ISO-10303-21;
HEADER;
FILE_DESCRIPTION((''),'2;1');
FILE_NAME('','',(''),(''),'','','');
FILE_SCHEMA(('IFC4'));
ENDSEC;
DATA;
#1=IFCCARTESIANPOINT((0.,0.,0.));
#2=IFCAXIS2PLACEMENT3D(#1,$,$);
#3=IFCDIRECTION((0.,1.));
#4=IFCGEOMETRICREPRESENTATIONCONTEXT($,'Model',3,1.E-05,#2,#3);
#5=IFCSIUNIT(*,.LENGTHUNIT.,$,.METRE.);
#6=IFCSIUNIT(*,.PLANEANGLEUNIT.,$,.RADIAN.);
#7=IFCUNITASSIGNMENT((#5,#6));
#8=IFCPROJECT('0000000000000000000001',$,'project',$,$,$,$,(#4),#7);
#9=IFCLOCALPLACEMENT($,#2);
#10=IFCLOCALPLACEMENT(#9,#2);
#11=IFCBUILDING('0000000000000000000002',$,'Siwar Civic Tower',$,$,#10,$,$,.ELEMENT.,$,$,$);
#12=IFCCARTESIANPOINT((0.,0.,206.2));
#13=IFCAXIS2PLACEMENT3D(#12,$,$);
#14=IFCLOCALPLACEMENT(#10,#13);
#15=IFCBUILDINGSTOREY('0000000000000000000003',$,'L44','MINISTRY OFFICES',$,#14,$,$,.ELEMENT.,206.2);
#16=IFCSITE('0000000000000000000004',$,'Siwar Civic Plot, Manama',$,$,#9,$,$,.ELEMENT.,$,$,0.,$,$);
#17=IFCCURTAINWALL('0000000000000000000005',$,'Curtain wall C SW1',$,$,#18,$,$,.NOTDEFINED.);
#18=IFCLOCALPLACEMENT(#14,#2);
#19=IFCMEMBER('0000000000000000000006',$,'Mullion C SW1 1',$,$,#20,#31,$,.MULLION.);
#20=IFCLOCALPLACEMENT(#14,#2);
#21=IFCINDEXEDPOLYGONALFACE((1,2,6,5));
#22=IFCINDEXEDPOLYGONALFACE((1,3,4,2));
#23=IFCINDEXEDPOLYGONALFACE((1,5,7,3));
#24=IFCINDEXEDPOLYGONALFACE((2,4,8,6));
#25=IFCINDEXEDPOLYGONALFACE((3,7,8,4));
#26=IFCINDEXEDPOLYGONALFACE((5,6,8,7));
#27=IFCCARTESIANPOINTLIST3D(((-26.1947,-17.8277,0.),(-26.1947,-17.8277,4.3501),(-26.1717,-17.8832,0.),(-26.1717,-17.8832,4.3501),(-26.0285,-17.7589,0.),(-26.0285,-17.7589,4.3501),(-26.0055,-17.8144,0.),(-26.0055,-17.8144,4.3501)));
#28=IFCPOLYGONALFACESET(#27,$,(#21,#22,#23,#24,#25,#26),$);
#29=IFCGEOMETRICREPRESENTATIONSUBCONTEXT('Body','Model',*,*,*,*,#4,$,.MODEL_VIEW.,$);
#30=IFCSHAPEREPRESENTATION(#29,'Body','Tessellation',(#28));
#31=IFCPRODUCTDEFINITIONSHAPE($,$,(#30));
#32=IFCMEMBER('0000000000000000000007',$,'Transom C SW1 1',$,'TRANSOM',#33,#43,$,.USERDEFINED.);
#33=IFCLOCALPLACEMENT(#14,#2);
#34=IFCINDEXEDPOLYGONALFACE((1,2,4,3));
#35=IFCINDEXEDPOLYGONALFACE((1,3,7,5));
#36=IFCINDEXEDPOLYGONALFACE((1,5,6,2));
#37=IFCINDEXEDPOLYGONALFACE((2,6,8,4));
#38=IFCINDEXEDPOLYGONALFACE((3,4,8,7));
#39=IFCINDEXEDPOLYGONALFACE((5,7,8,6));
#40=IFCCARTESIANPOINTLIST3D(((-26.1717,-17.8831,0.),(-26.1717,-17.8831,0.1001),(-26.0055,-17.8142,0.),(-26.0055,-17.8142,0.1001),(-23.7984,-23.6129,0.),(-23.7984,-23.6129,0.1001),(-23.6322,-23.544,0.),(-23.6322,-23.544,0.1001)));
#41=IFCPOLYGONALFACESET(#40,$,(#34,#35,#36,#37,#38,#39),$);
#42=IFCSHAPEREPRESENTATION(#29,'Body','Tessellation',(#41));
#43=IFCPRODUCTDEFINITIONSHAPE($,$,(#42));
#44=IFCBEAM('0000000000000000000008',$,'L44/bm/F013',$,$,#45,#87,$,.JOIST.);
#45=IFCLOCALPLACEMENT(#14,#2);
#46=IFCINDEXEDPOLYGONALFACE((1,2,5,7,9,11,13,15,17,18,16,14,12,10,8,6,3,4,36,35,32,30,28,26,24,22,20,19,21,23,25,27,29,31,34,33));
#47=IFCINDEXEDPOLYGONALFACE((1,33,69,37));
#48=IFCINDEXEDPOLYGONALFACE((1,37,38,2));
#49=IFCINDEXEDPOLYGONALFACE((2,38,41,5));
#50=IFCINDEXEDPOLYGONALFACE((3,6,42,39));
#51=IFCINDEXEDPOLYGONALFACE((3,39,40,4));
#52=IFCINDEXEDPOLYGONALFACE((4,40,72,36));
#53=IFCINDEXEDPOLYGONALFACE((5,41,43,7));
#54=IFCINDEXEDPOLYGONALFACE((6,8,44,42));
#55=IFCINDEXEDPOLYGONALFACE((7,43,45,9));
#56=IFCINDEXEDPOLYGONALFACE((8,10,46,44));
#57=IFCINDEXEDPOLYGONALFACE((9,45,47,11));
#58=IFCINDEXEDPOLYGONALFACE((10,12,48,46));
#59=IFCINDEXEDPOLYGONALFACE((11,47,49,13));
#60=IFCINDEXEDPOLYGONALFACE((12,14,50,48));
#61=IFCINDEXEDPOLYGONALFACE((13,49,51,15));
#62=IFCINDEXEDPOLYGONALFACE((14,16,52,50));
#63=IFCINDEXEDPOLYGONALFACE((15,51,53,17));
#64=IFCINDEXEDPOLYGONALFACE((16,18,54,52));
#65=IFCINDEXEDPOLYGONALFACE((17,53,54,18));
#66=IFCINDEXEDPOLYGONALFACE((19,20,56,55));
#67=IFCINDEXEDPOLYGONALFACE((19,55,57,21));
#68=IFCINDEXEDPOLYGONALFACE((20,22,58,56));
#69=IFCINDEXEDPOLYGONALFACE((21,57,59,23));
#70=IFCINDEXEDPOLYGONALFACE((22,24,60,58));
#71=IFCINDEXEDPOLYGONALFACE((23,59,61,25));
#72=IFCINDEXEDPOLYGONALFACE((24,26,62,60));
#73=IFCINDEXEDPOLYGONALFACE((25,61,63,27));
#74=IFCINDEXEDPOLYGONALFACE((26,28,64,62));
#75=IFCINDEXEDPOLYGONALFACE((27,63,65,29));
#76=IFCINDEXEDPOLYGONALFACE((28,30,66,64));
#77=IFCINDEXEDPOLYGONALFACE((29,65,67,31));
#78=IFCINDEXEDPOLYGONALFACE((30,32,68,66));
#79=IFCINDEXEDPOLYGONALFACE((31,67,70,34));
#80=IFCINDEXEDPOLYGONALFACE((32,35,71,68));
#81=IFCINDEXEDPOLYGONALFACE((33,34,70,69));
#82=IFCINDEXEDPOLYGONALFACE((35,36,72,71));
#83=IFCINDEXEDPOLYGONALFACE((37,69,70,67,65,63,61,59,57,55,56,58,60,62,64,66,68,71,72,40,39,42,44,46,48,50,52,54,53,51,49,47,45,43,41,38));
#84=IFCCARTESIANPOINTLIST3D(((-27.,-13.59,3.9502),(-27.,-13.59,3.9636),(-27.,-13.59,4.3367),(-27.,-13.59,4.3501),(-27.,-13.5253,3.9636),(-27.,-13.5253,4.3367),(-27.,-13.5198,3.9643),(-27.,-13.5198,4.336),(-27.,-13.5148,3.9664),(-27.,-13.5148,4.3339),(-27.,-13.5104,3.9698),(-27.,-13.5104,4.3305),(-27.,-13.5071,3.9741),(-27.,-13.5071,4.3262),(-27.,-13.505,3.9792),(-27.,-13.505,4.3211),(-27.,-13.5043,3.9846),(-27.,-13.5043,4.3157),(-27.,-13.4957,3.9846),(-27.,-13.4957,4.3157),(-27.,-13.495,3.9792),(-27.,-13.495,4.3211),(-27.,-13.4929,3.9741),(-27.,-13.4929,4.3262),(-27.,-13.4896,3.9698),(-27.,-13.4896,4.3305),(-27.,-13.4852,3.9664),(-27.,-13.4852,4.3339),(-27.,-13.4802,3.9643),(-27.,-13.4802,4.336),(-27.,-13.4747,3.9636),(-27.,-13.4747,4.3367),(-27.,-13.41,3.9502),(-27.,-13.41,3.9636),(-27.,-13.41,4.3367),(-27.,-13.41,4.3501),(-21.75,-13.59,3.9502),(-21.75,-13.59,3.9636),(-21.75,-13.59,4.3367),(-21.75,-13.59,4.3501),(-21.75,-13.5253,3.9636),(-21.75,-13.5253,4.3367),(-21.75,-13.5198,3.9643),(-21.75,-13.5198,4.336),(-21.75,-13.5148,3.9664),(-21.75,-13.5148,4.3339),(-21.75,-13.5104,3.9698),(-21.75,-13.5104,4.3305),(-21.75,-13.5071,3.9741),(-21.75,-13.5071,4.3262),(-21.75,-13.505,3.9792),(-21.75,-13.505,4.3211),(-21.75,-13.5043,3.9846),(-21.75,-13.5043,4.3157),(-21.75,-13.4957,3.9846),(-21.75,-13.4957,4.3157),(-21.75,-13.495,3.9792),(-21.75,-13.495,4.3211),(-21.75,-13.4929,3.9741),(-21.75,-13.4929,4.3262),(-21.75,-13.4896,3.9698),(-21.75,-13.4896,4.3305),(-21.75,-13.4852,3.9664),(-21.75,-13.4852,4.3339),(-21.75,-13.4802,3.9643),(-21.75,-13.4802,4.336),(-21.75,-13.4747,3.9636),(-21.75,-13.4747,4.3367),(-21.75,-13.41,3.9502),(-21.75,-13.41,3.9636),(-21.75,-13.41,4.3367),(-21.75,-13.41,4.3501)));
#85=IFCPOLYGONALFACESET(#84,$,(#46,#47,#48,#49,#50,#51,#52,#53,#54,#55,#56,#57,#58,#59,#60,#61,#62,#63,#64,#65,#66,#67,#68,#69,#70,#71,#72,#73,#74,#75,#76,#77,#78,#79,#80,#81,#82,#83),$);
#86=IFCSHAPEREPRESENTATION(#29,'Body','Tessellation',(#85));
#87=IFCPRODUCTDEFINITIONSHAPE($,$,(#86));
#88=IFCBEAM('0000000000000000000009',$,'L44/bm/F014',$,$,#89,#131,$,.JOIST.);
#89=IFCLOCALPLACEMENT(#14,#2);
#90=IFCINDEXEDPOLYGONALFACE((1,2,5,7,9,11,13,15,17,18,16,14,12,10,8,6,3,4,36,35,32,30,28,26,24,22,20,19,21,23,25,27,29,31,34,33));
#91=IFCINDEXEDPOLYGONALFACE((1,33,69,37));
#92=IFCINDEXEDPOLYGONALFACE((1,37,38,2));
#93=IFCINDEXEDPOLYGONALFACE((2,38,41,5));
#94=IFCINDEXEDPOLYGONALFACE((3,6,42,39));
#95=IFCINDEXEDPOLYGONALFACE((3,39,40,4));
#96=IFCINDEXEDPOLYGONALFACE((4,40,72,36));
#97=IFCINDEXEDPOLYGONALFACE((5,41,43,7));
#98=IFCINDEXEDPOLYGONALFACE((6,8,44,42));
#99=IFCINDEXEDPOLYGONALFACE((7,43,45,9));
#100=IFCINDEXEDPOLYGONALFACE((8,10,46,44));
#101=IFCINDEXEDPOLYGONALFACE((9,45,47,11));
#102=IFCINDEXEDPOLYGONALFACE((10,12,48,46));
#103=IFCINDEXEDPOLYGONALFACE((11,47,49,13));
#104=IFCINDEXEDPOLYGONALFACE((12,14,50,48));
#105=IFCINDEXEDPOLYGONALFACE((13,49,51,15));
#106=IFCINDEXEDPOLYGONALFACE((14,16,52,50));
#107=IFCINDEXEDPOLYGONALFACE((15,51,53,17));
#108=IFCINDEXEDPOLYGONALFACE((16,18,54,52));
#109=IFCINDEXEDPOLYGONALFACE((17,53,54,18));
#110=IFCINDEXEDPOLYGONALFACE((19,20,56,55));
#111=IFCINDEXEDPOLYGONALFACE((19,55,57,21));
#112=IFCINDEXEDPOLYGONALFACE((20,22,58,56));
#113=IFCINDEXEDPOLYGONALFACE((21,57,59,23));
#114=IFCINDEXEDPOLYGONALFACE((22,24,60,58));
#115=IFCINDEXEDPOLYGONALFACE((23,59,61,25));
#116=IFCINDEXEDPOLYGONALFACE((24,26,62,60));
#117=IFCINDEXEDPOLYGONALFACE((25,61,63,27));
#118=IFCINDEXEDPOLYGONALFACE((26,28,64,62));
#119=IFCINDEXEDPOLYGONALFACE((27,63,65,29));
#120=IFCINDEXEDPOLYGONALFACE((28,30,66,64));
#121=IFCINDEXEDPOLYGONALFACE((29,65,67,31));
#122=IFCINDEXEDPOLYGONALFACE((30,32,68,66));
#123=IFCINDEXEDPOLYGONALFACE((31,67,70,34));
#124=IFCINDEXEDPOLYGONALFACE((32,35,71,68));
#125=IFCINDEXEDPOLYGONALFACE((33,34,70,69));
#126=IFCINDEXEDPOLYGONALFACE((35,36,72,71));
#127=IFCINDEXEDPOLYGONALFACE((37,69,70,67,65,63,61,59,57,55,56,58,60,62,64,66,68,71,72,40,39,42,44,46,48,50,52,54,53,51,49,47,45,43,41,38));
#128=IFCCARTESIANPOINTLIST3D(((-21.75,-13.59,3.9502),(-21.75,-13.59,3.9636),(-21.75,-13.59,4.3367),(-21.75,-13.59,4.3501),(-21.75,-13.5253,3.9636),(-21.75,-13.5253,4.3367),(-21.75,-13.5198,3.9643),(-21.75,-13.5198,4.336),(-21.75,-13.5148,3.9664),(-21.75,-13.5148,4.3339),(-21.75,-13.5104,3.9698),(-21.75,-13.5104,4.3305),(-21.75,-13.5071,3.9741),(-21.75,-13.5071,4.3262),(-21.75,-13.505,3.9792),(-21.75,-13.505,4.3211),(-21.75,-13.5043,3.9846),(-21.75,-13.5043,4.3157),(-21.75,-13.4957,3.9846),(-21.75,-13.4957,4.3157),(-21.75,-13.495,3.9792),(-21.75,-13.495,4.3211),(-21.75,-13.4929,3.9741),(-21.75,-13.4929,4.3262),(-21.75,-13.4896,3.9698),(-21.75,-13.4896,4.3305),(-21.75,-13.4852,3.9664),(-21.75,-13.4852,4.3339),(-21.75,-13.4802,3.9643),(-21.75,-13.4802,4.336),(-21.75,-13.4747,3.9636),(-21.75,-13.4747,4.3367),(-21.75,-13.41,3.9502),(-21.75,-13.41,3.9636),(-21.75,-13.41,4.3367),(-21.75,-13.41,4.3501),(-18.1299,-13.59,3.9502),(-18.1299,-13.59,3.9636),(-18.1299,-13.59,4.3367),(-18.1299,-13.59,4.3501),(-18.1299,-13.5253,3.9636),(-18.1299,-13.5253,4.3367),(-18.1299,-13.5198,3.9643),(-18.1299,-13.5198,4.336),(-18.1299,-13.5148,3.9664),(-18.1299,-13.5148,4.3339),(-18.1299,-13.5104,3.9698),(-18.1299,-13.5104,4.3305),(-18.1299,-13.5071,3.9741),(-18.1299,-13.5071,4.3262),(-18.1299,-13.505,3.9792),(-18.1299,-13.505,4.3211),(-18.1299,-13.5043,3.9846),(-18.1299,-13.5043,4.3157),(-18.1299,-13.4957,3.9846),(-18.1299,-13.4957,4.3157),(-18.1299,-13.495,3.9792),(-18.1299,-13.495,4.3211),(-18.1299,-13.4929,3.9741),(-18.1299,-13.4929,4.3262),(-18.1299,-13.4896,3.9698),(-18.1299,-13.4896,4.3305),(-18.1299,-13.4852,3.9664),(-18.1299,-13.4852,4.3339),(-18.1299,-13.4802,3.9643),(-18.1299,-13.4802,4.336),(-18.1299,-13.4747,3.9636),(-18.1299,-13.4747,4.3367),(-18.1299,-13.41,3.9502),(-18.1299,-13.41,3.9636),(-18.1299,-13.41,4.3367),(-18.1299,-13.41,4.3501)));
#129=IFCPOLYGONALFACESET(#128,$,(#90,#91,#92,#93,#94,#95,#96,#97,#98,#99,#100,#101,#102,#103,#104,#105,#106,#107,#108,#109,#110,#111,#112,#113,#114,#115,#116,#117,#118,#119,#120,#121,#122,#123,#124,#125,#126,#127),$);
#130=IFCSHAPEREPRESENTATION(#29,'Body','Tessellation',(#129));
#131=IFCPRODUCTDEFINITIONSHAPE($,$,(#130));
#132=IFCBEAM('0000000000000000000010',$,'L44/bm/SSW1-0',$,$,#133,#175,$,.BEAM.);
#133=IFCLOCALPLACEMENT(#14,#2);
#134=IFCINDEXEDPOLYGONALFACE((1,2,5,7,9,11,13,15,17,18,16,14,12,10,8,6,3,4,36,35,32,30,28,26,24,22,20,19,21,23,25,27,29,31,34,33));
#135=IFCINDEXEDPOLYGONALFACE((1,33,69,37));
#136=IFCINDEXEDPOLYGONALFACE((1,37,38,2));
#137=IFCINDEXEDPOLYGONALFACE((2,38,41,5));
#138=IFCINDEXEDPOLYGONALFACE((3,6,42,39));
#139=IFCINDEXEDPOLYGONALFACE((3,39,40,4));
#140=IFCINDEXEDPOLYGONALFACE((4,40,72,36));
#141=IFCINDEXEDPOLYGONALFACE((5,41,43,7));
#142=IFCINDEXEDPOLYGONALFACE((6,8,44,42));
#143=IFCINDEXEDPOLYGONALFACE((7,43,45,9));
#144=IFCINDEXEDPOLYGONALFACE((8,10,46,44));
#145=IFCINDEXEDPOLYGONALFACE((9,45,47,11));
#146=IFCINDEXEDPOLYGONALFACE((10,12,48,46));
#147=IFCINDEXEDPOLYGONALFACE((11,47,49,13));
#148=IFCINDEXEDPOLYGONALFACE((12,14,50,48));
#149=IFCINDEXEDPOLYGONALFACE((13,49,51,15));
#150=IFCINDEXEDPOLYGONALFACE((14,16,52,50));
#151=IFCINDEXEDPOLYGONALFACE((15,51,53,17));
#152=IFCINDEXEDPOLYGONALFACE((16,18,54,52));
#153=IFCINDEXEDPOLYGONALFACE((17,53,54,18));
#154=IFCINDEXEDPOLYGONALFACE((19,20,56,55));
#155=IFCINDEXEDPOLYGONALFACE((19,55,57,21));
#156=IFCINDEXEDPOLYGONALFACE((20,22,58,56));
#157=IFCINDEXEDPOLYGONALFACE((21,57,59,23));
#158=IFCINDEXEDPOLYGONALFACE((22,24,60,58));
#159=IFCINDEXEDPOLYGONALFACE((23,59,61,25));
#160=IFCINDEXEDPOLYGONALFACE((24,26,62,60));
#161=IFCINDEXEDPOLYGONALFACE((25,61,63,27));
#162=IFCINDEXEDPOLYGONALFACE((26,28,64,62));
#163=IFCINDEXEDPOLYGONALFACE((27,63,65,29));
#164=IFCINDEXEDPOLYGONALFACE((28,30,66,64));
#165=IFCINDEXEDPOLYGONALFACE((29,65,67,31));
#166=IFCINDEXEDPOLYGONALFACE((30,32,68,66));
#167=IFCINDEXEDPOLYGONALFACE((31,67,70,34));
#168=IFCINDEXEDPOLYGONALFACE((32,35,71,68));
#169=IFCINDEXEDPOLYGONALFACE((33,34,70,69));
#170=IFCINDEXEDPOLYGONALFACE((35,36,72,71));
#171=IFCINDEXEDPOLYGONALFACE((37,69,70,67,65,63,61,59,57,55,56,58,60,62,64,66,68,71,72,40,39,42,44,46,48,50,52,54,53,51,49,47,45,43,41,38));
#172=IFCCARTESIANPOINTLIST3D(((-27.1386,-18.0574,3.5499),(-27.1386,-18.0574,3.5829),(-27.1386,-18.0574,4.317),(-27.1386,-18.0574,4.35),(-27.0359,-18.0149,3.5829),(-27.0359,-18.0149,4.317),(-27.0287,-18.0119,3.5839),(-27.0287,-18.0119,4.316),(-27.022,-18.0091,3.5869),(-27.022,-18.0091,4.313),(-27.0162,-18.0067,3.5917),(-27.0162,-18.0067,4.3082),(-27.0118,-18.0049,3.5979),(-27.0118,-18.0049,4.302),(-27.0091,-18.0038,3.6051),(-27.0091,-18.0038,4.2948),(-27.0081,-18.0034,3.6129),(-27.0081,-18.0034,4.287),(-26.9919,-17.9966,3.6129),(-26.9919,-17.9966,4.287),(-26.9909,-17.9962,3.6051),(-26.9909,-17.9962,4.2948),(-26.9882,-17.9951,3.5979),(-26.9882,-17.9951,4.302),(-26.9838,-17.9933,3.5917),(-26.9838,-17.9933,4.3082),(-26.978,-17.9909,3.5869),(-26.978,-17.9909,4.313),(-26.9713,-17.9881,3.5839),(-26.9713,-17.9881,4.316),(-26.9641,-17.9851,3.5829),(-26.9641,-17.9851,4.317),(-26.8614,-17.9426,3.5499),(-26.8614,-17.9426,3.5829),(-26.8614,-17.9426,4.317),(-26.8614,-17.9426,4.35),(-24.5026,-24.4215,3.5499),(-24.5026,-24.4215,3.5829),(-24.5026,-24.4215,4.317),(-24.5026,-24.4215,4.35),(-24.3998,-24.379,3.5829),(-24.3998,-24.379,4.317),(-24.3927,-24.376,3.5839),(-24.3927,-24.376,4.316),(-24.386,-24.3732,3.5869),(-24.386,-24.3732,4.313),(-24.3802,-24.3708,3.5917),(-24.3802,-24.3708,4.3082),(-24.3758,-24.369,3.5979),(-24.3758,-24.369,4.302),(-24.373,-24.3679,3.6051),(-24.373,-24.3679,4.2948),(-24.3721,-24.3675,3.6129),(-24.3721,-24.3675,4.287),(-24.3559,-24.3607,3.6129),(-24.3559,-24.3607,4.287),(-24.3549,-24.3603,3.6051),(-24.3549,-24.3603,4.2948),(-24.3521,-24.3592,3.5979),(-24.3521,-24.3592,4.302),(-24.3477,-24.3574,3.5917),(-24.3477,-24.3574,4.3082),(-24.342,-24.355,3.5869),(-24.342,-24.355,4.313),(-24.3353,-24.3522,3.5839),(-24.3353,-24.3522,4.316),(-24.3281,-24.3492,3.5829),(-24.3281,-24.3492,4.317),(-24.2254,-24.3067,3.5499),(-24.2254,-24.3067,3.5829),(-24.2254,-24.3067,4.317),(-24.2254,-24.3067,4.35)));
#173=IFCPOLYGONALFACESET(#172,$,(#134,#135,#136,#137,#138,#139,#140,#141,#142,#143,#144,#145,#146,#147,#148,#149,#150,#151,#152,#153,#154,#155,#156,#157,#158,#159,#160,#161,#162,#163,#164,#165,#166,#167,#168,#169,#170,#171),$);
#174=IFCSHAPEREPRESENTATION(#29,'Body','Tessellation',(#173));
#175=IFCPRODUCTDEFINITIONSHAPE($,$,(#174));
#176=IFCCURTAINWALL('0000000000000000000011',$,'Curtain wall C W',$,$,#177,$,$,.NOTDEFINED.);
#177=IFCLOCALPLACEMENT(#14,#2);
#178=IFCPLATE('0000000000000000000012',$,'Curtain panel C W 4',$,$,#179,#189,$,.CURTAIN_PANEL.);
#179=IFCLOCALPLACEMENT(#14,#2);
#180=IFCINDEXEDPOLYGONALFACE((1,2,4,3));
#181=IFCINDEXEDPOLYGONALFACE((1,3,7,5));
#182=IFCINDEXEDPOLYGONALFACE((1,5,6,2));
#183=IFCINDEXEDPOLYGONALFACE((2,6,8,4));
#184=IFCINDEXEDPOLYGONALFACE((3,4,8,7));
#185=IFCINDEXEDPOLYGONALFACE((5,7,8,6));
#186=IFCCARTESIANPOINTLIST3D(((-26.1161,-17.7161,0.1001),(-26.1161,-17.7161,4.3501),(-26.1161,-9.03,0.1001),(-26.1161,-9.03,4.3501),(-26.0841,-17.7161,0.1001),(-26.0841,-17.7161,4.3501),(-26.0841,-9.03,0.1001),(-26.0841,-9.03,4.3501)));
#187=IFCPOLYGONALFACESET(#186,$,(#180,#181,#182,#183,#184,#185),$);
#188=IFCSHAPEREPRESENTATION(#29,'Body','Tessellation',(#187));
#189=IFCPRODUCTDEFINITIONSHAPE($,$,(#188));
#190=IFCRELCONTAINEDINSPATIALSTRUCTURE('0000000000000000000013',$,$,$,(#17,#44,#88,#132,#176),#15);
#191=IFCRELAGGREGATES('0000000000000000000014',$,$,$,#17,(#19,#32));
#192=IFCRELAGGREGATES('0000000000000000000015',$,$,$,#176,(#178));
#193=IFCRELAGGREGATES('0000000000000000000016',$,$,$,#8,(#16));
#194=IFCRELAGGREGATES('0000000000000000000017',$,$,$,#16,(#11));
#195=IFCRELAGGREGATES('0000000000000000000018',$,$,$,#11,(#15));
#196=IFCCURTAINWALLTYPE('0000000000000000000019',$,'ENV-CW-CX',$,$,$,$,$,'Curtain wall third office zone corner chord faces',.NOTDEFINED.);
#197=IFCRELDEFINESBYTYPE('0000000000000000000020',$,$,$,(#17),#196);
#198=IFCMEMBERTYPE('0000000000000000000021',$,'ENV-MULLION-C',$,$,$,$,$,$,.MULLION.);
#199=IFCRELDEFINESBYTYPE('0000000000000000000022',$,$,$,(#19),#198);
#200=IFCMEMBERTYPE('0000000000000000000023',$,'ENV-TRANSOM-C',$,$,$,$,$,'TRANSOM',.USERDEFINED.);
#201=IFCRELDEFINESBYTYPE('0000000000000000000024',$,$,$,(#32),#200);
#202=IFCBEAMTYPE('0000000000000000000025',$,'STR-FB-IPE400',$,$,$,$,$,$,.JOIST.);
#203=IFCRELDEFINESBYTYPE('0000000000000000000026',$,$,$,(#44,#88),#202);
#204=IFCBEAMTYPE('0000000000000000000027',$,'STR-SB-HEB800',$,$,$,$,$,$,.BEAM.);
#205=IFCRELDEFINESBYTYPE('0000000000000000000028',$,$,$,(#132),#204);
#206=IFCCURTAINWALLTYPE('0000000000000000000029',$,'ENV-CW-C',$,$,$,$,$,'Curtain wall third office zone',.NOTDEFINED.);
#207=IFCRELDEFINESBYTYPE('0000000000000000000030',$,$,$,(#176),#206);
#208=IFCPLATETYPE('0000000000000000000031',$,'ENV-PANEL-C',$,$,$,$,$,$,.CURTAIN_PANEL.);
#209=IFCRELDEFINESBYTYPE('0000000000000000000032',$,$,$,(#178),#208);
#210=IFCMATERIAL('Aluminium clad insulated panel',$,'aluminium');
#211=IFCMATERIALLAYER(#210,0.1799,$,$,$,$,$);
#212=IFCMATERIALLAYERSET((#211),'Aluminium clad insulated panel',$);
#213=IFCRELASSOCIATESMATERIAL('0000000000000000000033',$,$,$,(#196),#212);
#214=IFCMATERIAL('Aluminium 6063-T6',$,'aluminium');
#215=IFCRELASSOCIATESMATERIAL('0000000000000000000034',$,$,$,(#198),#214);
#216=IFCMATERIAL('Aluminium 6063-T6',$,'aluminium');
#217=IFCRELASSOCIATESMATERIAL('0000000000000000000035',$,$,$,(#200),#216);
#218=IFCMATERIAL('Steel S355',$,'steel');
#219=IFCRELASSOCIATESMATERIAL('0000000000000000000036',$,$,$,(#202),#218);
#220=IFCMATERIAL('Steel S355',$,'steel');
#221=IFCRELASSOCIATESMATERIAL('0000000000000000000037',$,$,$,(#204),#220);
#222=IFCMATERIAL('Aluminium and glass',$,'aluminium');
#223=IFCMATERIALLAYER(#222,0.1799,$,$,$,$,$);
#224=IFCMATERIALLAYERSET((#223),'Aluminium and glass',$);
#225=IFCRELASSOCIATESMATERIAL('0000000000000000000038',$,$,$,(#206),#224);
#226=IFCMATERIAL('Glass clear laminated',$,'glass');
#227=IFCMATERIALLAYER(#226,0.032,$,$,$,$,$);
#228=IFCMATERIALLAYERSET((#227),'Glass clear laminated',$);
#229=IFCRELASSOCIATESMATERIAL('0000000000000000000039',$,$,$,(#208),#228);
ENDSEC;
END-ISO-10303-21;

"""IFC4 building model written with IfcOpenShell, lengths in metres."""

from ifc_helpers import new_model, si_unit, direction, frame, origin, origin_2d, place, context, subcontext, project, spatial, rectangle, i_section, extrude, material, layer, layer_set, material_profile, profile_set, type_object, element, aggregate, save


model = new_model("IFC4")

# Units and contexts
model_context = context("Model", 3, precision=1e-05, world=origin(), true_north=direction((0.0, 1.0)))
body_context = subcontext(model_context, "Body", "Model", "MODEL_VIEW")
ifc_project = project(units=[si_unit("LENGTHUNIT", "METRE"), si_unit("PLANEANGLEUNIT", "RADIAN")], contexts=[model_context])

# Site, building, storey
site_placement = place(None, origin())
site = spatial("IfcSite", under=ifc_project, at=site_placement, Name="Siwar Civic Plot, Manama", CompositionType="ELEMENT", RefElevation=0.0)
building_placement = place(site_placement, origin())
building = spatial("IfcBuilding", under=site, at=building_placement, Name="Siwar Civic Tower", CompositionType="ELEMENT")
storey_placement = place(building_placement, frame((0.0, 0.0, 206.2)))
storey = spatial("IfcBuildingStorey", under=building, at=storey_placement, Name="L44", Description="MINISTRY OFFICES", CompositionType="ELEMENT", Elevation=206.2)

# Curtain wall, members
ifc_material_1 = material(Name="Aluminium clad insulated panel", Category="aluminium")
ifc_layer_1 = layer(ifc_material_1, 0.1799)
ifc_layer_set_1 = layer_set([ifc_layer_1], Name="Aluminium clad insulated panel")
curtain_wall_type_1 = type_object("IfcCurtainWallType", Name="ENV-CW-CX", ElementType="Curtain wall third office zone corner chord faces", PredefinedType="NOTDEFINED", material=ifc_layer_set_1)
curtain_wall_1_placement = place(storey_placement, origin())
curtain_wall_1 = element("IfcCurtainWall", 1, at=curtain_wall_1_placement, inside=storey, type_object=curtain_wall_type_1, Name="Curtain wall C SW1", PredefinedType="NOTDEFINED")
ifc_material_2 = material(Name="Aluminium 6063-T6", Category="aluminium")
ifc_material_profile_1 = material_profile(ifc_material_2, rectangle(XDim=0.1799, YDim=0.0601, at=origin_2d()), Name="AL 180x60")
ifc_profile_set_1 = profile_set([ifc_material_profile_1], Name="Aluminium 6063-T6")
member_type_1 = type_object("IfcMemberType", Name="ENV-MULLION-C", PredefinedType="MULLION", material=ifc_profile_set_1)
member_1_placement = place(storey_placement, frame((-26.1001, -17.821, 0.0), z_axis=(0.0, 0.0, 1.0), x_axis=(0.92388, 0.382683, 0.0)))
member_1 = element("IfcMember", 2, at=member_1_placement, type_object=member_type_1, Name="Mullion C SW1 1", PredefinedType="MULLION", context=body_context, shape_type="SweptSolid", body=[
    extrude(rectangle(XDim=0.1799, YDim=0.0601, at=origin_2d()), origin(), (0.0, 0.0, 1.0), 4.3501),
])
ifc_material_3 = material(Name="Aluminium 6063-T6", Category="aluminium")
ifc_material_profile_2 = material_profile(ifc_material_3, rectangle(XDim=0.1799, YDim=0.1001, at=origin_2d()), Name="AL 180x100")
ifc_profile_set_2 = profile_set([ifc_material_profile_2], Name="Aluminium 6063-T6")
member_type_2 = type_object("IfcMemberType", Name="ENV-TRANSOM-C", ElementType="TRANSOM", PredefinedType="USERDEFINED", material=ifc_profile_set_2)
member_2_placement = place(storey_placement, frame((-26.0886, -17.8486, 0.05), z_axis=(0.382677, -0.923882, 0.0), x_axis=(0.923882, 0.382677, 0.0)))
member_2 = element("IfcMember", 3, at=member_2_placement, type_object=member_type_2, Name="Transom C SW1 1", ObjectType="TRANSOM", PredefinedType="USERDEFINED", context=body_context, shape_type="SweptSolid", body=[
    extrude(rectangle(XDim=0.1799, YDim=0.1001, at=origin_2d()), origin(), (0.0, 0.0, 1.0), 6.2019),
])
aggregate(curtain_wall_1, [member_1, member_2])

# Beams
ifc_material_4 = material(Name="Steel S355", Category="steel")
ifc_material_profile_3 = material_profile(ifc_material_4, i_section(OverallWidth=0.1799, OverallDepth=0.3999, WebThickness=0.0085, FlangeThickness=0.0134, FilletRadius=0.021, at=origin_2d()), Name="IPE400")
ifc_profile_set_3 = profile_set([ifc_material_profile_3], Name="Steel S355")
beam_type_1 = type_object("IfcBeamType", Name="STR-FB-IPE400", PredefinedType="JOIST", material=ifc_profile_set_3)
beam_1_placement = place(storey_placement, frame((-27.0, -13.5, 4.1501), z_axis=(1.0, 0.0, 0.0), x_axis=(0.0, 1.0, 0.0)))
element("IfcBeam", 4, at=beam_1_placement, inside=storey, type_object=beam_type_1, Name="L44/bm/F013", PredefinedType="JOIST", context=body_context, shape_type="SweptSolid", body=[
    extrude(i_section(OverallWidth=0.1799, OverallDepth=0.3999, WebThickness=0.0085, FlangeThickness=0.0134, FilletRadius=0.021, at=origin_2d()), origin(), (0.0, 0.0, 1.0), 5.25),
])
beam_2_placement = place(storey_placement, frame((-21.75, -13.5, 4.1501), z_axis=(1.0, 0.0, 0.0), x_axis=(0.0, 1.0, 0.0)))
element("IfcBeam", 5, at=beam_2_placement, inside=storey, type_object=beam_type_1, Name="L44/bm/F014", PredefinedType="JOIST", context=body_context, shape_type="SweptSolid", body=[
    extrude(i_section(OverallWidth=0.1799, OverallDepth=0.3999, WebThickness=0.0085, FlangeThickness=0.0134, FilletRadius=0.021, at=origin_2d()), origin(), (0.0, 0.0, 1.0), 3.6201),
])
ifc_material_5 = material(Name="Steel S355", Category="steel")
ifc_material_profile_4 = material_profile(ifc_material_5, i_section(OverallWidth=0.3, OverallDepth=0.8, WebThickness=0.0176, FlangeThickness=0.033, FilletRadius=0.03, at=origin_2d()), Name="HEB800")
ifc_profile_set_4 = profile_set([ifc_material_profile_4], Name="Steel S355")
beam_type_2 = type_object("IfcBeamType", Name="STR-SB-HEB800", PredefinedType="BEAM", material=ifc_profile_set_4)
beam_3_placement = place(storey_placement, frame((-27.0, -18.0, 3.95), z_axis=(0.382674, -0.923883, 0.0), x_axis=(0.923883, 0.382674, 0.0)))
element("IfcBeam", 6, at=beam_3_placement, inside=storey, type_object=beam_type_2, Name="L44/bm/SSW1-0", PredefinedType="BEAM", context=body_context, shape_type="SweptSolid", body=[
    extrude(i_section(OverallWidth=0.3, OverallDepth=0.8, WebThickness=0.0176, FlangeThickness=0.033, FilletRadius=0.03, at=origin_2d()), origin(), (0.0, 0.0, 1.0), 6.8884),
])

# Curtain wall, plate
ifc_material_6 = material(Name="Aluminium and glass", Category="aluminium")
ifc_layer_2 = layer(ifc_material_6, 0.1799)
ifc_layer_set_2 = layer_set([ifc_layer_2], Name="Aluminium and glass")
curtain_wall_type_2 = type_object("IfcCurtainWallType", Name="ENV-CW-C", ElementType="Curtain wall third office zone", PredefinedType="NOTDEFINED", material=ifc_layer_set_2)
curtain_wall_2_placement = place(storey_placement, origin())
curtain_wall_2 = element("IfcCurtainWall", 7, at=curtain_wall_2_placement, inside=storey, type_object=curtain_wall_type_2, Name="Curtain wall C W", PredefinedType="NOTDEFINED")
ifc_material_7 = material(Name="Glass clear laminated", Category="glass")
ifc_layer_3 = layer(ifc_material_7, 0.032)
ifc_layer_set_3 = layer_set([ifc_layer_3], Name="Glass clear laminated")
plate_type = type_object("IfcPlateType", Name="ENV-PANEL-C", PredefinedType="CURTAIN_PANEL", material=ifc_layer_set_3)
plate_placement = place(storey_placement, frame((-26.1001, -13.373, 0.1001), z_axis=(0.0, 0.0, 1.0), x_axis=(0.0, -1.0, 0.0)))
plate = element("IfcPlate", 8, at=plate_placement, type_object=plate_type, Name="Curtain panel C W 4", PredefinedType="CURTAIN_PANEL", context=body_context, shape_type="SweptSolid", body=[
    extrude(rectangle(XDim=8.686, YDim=0.032, at=origin_2d()), origin(), (0.0, 0.0, 1.0), 4.25),
])
aggregate(curtain_wall_2, [plate])

save(model, "model.ifc")
